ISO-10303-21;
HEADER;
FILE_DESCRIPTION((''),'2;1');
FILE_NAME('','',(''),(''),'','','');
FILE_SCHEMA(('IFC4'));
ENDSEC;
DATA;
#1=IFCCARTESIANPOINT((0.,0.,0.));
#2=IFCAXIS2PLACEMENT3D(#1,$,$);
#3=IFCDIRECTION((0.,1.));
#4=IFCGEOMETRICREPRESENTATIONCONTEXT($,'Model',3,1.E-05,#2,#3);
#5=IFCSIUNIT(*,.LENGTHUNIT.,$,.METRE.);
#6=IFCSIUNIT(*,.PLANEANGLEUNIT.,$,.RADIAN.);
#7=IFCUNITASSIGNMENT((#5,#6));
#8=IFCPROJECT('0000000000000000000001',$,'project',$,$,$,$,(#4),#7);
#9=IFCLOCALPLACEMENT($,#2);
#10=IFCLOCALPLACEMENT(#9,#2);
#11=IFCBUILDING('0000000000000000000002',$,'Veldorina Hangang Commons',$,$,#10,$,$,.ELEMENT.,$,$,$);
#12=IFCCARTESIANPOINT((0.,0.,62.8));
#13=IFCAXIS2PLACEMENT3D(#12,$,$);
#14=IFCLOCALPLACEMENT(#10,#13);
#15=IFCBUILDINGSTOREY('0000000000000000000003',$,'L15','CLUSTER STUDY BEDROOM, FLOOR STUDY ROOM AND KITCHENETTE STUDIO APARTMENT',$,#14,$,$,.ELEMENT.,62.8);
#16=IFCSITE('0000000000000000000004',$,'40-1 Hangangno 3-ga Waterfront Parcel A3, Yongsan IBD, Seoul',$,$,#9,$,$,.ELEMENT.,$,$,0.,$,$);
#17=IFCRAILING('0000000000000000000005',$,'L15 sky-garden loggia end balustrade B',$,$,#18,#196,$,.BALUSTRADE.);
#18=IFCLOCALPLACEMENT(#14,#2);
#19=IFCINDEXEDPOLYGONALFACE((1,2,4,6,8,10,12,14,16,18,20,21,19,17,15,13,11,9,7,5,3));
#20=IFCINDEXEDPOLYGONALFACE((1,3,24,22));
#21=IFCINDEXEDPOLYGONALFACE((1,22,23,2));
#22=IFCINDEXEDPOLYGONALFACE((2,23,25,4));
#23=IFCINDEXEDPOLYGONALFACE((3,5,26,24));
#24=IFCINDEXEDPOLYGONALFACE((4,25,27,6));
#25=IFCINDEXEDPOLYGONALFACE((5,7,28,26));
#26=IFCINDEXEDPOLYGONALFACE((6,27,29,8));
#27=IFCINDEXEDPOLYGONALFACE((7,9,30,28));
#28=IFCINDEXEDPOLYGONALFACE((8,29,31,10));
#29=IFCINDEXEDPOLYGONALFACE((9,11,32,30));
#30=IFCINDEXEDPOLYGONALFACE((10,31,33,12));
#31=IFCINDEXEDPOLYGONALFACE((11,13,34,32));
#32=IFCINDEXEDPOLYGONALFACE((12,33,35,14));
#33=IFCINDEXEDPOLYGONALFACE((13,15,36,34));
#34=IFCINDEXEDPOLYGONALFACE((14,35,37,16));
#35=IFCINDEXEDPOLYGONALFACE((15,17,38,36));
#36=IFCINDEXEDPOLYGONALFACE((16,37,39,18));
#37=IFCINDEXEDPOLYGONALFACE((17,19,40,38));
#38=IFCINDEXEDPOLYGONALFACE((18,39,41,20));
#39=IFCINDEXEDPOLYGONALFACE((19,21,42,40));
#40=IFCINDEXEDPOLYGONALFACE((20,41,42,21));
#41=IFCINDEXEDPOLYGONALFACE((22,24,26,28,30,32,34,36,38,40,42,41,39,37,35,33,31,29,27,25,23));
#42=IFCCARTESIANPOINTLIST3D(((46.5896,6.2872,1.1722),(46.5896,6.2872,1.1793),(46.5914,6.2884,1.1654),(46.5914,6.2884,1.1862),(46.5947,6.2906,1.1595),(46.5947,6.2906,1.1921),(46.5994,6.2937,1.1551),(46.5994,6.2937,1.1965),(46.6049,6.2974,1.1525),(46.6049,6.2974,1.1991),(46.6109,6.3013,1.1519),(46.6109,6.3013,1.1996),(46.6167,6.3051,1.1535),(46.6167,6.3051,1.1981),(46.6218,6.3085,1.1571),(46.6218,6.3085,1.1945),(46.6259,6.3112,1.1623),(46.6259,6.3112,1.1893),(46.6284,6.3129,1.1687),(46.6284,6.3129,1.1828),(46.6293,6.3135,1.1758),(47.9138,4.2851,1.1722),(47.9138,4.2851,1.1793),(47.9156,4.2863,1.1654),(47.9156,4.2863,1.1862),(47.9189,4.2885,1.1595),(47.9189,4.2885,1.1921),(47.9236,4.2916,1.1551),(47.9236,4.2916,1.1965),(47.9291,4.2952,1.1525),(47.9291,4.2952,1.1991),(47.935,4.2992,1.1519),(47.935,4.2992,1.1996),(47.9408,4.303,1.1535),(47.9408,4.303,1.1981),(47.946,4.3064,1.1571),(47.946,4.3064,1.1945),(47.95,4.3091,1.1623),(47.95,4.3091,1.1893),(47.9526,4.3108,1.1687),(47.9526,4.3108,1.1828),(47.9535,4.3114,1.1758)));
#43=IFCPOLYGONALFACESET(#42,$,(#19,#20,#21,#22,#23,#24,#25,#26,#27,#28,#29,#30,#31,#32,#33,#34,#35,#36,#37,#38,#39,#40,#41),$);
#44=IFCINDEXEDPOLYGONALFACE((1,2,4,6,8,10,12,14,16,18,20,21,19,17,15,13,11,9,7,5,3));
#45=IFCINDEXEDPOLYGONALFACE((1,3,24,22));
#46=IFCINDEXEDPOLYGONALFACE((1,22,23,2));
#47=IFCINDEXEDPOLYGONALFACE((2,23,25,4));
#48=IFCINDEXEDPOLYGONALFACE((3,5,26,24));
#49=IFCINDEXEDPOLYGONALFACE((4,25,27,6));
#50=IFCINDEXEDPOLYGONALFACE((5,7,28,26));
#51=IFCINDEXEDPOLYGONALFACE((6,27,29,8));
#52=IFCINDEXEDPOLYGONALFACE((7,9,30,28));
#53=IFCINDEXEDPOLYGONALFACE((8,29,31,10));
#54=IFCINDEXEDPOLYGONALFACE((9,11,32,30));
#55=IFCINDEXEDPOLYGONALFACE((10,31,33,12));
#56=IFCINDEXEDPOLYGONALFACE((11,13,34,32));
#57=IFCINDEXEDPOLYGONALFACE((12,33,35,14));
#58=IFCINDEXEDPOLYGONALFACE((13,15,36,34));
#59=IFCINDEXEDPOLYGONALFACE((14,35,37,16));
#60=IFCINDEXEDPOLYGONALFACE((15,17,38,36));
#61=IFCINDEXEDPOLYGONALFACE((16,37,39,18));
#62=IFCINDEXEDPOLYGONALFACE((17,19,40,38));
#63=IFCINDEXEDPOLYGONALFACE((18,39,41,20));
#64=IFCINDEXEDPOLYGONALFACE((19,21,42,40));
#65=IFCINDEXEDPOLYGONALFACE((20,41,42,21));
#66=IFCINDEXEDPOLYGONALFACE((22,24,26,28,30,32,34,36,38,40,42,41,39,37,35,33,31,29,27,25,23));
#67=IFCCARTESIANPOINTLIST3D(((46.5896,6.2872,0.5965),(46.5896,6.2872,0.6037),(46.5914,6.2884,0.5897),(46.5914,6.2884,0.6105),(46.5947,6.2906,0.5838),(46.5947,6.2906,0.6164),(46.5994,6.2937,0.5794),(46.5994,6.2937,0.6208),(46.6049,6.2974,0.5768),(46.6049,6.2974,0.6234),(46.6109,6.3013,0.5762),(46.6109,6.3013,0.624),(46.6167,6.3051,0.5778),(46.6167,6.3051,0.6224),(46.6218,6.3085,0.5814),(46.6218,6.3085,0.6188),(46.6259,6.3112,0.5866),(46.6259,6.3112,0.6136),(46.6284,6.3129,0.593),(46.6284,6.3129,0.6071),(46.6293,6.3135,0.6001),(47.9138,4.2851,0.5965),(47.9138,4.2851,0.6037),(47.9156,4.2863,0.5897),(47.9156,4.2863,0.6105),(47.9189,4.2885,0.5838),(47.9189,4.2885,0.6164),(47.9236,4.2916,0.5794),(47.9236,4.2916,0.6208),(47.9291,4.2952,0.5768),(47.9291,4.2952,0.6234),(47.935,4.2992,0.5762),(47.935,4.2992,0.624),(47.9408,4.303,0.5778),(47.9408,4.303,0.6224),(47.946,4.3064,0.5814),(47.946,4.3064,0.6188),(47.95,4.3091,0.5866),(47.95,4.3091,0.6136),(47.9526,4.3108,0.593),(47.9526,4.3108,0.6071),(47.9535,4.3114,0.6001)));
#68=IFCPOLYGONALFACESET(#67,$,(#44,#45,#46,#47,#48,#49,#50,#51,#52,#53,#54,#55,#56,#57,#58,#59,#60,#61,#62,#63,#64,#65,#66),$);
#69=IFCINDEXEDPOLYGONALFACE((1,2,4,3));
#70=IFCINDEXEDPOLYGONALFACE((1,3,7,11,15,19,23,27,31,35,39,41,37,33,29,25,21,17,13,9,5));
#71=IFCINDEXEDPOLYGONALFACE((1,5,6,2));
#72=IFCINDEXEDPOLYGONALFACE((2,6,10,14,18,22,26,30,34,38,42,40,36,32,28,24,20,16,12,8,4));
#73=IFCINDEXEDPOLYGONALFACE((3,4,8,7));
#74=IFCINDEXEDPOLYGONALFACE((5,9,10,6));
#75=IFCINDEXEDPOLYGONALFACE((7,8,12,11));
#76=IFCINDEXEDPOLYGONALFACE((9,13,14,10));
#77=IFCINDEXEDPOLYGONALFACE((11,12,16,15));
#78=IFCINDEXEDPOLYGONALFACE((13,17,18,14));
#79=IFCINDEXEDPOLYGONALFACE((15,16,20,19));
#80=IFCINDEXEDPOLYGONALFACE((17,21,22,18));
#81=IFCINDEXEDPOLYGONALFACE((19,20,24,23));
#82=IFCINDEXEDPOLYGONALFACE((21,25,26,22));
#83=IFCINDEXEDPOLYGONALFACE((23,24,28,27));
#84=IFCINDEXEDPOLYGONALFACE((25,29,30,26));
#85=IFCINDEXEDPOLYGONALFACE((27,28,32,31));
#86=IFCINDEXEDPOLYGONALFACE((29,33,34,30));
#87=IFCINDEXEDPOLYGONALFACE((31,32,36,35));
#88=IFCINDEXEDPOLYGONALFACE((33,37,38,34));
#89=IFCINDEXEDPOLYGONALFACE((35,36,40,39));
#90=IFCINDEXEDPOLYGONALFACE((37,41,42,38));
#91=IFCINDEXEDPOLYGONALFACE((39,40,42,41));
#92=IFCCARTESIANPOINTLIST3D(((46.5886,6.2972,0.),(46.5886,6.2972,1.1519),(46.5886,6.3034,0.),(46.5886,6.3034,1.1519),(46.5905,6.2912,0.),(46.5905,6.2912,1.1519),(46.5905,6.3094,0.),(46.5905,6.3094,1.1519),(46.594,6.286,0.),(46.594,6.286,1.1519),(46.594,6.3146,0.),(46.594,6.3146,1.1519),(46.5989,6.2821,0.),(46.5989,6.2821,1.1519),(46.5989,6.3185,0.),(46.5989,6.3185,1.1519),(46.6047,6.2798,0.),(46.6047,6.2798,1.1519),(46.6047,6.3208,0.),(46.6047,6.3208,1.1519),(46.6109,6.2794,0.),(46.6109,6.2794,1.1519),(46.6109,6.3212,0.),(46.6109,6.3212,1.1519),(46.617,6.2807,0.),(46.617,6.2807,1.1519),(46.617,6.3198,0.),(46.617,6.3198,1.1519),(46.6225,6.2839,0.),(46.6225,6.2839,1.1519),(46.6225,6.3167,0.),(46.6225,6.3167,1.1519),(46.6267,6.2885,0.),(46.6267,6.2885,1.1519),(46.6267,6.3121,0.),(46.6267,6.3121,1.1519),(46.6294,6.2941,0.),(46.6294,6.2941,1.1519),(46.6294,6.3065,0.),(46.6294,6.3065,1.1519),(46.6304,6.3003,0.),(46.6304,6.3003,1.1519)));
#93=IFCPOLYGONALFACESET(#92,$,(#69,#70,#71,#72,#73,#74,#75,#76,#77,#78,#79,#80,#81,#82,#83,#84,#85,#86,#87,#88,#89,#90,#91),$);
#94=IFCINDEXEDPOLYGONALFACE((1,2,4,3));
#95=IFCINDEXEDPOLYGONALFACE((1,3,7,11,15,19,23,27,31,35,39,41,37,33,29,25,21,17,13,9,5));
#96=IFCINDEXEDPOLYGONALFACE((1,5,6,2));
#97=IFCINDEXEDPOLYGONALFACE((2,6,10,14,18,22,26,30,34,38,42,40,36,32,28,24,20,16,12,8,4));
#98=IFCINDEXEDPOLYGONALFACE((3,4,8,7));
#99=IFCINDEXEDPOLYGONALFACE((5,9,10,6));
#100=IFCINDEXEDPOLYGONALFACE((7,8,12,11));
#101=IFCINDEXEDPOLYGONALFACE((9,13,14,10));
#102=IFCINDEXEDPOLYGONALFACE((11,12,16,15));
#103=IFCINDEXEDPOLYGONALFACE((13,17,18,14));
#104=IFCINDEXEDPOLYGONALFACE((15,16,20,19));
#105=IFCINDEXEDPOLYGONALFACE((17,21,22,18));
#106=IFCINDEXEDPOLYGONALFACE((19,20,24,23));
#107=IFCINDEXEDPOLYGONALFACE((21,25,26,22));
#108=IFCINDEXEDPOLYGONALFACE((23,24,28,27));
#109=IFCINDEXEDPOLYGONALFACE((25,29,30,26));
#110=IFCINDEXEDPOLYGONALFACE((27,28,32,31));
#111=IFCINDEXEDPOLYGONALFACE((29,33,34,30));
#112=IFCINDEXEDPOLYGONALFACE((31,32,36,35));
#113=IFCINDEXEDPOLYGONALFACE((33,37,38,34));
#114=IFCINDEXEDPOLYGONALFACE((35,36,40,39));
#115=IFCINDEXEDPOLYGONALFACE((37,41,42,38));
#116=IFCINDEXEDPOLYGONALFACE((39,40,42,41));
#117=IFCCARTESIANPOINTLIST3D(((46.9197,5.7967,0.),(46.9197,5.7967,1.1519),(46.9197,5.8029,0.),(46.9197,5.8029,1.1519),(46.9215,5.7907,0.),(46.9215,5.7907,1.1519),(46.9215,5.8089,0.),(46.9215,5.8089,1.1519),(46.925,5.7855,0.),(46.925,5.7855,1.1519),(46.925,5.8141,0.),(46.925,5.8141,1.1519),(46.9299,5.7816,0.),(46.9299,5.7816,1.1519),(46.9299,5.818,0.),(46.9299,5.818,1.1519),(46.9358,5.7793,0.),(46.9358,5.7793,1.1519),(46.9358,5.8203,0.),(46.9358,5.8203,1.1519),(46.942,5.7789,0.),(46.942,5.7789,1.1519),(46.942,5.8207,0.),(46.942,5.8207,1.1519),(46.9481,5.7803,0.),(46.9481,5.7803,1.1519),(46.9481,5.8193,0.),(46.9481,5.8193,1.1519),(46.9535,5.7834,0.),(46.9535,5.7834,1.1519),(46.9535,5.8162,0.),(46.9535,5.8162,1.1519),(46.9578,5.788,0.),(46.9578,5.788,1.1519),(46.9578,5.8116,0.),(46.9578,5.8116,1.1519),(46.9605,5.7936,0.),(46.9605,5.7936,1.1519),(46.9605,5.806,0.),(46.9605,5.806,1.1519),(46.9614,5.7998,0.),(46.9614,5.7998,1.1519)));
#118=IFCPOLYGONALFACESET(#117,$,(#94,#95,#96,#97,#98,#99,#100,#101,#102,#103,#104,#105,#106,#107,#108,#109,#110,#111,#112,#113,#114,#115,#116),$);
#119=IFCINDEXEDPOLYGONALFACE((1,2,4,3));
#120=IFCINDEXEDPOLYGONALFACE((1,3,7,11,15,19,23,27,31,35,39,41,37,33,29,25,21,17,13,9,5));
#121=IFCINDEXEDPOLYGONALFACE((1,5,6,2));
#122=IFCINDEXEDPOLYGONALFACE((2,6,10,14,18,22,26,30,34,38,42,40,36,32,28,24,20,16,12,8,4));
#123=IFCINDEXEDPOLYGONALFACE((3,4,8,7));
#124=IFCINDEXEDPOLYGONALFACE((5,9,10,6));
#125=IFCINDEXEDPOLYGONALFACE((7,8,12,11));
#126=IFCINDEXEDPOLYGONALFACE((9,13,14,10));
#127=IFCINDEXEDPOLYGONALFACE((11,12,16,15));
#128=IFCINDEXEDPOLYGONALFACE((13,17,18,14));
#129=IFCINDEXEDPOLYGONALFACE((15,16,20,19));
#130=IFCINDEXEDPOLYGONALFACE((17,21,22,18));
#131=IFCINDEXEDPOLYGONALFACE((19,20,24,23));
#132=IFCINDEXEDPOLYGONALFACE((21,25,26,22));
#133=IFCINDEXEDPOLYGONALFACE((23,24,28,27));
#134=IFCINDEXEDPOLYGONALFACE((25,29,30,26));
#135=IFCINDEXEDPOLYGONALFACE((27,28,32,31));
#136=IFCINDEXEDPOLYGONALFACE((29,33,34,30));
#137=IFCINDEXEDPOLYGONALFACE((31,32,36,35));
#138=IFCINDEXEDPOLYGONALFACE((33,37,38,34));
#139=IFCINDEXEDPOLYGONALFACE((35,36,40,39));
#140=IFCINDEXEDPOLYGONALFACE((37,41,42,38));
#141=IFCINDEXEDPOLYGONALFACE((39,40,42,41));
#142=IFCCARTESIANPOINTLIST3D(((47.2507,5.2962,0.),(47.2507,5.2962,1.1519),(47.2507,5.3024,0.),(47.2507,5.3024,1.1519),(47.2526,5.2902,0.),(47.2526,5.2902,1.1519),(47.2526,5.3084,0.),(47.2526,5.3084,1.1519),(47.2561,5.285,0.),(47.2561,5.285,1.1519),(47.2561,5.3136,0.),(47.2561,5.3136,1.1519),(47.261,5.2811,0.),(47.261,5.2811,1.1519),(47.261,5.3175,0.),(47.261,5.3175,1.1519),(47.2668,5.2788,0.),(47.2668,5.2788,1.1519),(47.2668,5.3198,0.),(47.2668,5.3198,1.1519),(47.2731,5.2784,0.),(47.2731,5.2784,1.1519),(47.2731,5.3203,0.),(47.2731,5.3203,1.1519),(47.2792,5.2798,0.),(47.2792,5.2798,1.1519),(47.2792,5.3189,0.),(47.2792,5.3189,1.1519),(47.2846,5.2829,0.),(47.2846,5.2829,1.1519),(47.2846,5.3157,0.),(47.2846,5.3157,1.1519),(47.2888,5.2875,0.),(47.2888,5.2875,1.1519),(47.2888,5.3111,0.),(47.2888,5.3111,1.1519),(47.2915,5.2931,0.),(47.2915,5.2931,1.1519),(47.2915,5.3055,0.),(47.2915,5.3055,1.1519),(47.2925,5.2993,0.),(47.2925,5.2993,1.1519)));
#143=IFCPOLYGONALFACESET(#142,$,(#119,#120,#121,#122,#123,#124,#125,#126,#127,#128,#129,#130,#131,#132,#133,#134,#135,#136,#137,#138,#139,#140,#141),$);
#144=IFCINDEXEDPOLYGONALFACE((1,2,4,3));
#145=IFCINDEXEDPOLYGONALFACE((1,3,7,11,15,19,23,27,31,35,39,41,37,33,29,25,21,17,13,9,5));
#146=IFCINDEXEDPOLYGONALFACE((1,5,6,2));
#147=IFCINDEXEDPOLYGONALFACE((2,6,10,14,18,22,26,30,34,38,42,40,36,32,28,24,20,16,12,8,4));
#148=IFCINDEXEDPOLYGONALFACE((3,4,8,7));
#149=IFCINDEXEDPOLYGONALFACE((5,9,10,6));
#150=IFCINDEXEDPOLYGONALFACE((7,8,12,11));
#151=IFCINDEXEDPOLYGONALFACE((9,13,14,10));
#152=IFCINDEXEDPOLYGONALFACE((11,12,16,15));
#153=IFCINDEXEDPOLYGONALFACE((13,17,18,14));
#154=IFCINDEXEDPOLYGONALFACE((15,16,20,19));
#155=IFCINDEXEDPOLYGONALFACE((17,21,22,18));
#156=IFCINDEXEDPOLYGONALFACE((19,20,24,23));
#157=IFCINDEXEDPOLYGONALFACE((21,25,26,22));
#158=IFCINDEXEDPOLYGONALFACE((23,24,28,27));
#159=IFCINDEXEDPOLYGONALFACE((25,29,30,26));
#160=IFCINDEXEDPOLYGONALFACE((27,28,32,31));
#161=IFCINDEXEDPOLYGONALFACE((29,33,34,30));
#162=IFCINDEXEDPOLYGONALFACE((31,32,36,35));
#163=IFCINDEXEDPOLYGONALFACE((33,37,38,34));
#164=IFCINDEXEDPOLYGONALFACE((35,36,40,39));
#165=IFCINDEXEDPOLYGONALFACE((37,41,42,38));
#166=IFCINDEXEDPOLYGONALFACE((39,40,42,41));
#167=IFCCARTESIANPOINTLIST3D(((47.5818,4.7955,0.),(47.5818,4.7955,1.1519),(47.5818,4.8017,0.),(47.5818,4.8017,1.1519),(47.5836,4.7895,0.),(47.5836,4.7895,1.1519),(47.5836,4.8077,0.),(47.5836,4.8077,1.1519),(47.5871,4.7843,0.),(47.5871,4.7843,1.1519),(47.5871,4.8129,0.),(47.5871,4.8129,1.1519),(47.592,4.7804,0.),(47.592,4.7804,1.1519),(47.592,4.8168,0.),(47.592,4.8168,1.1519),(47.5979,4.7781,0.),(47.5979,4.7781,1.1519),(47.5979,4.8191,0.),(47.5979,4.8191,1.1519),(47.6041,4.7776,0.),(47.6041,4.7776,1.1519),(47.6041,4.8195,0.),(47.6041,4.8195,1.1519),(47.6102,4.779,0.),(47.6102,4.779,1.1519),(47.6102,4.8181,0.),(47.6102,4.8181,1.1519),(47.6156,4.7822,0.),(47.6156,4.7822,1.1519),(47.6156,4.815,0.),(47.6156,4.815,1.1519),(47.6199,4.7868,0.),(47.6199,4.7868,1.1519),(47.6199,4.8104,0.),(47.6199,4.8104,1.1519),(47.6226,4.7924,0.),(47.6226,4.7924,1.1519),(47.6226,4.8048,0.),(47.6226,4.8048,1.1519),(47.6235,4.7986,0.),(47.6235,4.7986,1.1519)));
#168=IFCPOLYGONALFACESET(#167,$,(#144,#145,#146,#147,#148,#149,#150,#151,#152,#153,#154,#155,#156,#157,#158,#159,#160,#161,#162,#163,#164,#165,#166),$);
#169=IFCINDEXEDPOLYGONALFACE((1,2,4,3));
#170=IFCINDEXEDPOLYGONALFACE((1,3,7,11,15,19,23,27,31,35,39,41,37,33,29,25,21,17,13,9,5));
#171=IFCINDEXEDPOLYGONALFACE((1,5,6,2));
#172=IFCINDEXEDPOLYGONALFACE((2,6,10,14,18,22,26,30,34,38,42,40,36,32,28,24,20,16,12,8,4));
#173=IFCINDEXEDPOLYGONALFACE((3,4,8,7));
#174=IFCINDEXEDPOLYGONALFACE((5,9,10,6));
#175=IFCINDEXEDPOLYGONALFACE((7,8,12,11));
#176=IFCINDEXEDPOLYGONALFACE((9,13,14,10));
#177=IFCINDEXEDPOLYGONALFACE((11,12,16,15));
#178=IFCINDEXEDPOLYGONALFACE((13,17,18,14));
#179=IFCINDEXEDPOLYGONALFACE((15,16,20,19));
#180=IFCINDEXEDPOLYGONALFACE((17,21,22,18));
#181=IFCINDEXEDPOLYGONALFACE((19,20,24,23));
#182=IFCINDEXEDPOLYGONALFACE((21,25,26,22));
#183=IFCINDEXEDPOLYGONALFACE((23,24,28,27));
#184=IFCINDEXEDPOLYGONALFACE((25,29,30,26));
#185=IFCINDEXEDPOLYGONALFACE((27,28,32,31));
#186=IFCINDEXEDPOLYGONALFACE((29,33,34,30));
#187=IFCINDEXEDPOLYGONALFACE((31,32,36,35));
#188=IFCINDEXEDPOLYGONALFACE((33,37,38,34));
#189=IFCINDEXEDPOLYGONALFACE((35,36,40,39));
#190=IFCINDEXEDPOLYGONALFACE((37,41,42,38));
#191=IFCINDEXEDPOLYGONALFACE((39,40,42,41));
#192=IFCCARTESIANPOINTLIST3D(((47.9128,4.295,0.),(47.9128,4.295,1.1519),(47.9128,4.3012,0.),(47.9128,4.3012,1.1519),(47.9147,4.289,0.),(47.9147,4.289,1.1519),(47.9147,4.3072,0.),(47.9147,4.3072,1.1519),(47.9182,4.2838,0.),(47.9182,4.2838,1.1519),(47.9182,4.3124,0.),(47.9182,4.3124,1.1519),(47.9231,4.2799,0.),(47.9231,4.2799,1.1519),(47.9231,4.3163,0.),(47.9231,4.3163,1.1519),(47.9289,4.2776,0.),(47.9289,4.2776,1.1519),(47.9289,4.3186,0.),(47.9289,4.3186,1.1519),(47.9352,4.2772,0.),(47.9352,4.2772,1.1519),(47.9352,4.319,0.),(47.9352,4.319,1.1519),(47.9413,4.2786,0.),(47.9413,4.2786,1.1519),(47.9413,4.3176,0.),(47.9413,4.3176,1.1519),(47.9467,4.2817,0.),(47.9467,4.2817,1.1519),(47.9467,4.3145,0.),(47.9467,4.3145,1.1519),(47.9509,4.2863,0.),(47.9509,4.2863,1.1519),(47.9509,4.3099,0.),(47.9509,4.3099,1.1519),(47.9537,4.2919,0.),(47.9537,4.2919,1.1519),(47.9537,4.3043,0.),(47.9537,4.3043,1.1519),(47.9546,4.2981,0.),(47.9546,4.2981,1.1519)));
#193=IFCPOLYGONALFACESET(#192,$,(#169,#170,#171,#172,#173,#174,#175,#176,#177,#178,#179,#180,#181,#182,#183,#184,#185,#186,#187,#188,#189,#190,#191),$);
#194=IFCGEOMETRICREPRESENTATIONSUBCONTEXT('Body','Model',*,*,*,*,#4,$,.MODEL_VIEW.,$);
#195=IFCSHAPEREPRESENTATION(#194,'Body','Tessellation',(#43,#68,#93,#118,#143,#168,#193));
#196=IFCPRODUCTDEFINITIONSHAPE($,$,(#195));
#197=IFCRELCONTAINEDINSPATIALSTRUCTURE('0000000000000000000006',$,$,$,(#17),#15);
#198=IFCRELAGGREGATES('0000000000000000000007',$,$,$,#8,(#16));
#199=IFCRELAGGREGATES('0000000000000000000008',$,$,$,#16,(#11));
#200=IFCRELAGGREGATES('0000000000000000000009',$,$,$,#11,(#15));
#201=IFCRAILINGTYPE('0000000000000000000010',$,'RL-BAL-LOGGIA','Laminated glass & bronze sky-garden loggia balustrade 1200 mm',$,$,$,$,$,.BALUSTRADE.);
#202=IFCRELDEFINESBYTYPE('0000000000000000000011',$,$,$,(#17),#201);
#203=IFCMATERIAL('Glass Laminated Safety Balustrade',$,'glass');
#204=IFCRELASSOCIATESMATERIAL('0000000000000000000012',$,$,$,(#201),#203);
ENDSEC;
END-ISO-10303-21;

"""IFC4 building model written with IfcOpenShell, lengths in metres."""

from ifc_helpers import new_model, si_unit, direction, frame, origin, origin_2d, place, context, subcontext, project, spatial, circle, extrude, material, type_object, element, save


model = new_model("IFC4")

# Units and contexts
model_context = context("Model", 3, precision=1e-05, world=origin(), true_north=direction((0.0, 1.0)))
body_context = subcontext(model_context, "Body", "Model", "MODEL_VIEW")
ifc_project = project(units=[si_unit("LENGTHUNIT", "METRE"), si_unit("PLANEANGLEUNIT", "RADIAN")], contexts=[model_context])

# Site, building, storey
site_placement = place(None, origin())
site = spatial("IfcSite", under=ifc_project, at=site_placement, Name="40-1 Hangangno 3-ga Waterfront Parcel A3, Yongsan IBD, Seoul", CompositionType="ELEMENT", RefElevation=0.0)
building_placement = place(site_placement, origin())
building = spatial("IfcBuilding", under=site, at=building_placement, Name="Veldorina Hangang Commons", CompositionType="ELEMENT")
storey_placement = place(building_placement, frame((0.0, 0.0, 62.8)))
storey = spatial("IfcBuildingStorey", under=building, at=storey_placement, Name="L15", Description="CLUSTER STUDY BEDROOM, FLOOR STUDY ROOM AND KITCHENETTE STUDIO APARTMENT", CompositionType="ELEMENT", Elevation=62.8)

# Railing
ifc_material_1 = material(Name="Glass Laminated Safety Balustrade", Category="glass")
railing_type = type_object("IfcRailingType", Name="RL-BAL-LOGGIA", Description="Laminated glass & bronze sky-garden loggia balustrade 1200 mm", PredefinedType="BALUSTRADE", material=ifc_material_1)
railing_1_placement = place(storey_placement, frame((46.6094, 6.3003, 0.0)))
element("IfcRailing", 1, at=railing_1_placement, inside=storey, type_object=railing_type, Name="L15 sky-garden loggia end balustrade B", PredefinedType="BALUSTRADE", context=body_context, shape_type="SweptSolid", body=[
    extrude(circle(Radius=0.0239, at=origin_2d()), frame((0.0, 0.0, 1.1758), z_axis=(0.551645, -0.834079, 0.0), x_axis=(0.834079, 0.551645, 0.0)), (0.0, 0.0, 1.0), 2.4004),
    extrude(circle(Radius=0.0239, at=origin_2d()), frame((0.0, 0.0, 0.6001), z_axis=(0.551645, -0.834079, 0.0), x_axis=(0.834079, 0.551645, 0.0)), (0.0, 0.0, 1.0), 2.4004),
    extrude(circle(Radius=0.021, at=origin_2d()), origin(), (0.0, 0.0, 1.0), 1.1519),
    extrude(circle(Radius=0.021, at=origin_2d()), frame((0.3311, -0.5005, 0.0)), (0.0, 0.0, 1.0), 1.1519),
    extrude(circle(Radius=0.021, at=origin_2d()), frame((0.6621, -1.001, 0.0)), (0.0, 0.0, 1.0), 1.1519),
    extrude(circle(Radius=0.021, at=origin_2d()), frame((0.9932, -1.5017, 0.0)), (0.0, 0.0, 1.0), 1.1519),
    extrude(circle(Radius=0.021, at=origin_2d()), frame((1.3242, -2.0022, 0.0)), (0.0, 0.0, 1.0), 1.1519),
])

save(model, "model.ifc")
